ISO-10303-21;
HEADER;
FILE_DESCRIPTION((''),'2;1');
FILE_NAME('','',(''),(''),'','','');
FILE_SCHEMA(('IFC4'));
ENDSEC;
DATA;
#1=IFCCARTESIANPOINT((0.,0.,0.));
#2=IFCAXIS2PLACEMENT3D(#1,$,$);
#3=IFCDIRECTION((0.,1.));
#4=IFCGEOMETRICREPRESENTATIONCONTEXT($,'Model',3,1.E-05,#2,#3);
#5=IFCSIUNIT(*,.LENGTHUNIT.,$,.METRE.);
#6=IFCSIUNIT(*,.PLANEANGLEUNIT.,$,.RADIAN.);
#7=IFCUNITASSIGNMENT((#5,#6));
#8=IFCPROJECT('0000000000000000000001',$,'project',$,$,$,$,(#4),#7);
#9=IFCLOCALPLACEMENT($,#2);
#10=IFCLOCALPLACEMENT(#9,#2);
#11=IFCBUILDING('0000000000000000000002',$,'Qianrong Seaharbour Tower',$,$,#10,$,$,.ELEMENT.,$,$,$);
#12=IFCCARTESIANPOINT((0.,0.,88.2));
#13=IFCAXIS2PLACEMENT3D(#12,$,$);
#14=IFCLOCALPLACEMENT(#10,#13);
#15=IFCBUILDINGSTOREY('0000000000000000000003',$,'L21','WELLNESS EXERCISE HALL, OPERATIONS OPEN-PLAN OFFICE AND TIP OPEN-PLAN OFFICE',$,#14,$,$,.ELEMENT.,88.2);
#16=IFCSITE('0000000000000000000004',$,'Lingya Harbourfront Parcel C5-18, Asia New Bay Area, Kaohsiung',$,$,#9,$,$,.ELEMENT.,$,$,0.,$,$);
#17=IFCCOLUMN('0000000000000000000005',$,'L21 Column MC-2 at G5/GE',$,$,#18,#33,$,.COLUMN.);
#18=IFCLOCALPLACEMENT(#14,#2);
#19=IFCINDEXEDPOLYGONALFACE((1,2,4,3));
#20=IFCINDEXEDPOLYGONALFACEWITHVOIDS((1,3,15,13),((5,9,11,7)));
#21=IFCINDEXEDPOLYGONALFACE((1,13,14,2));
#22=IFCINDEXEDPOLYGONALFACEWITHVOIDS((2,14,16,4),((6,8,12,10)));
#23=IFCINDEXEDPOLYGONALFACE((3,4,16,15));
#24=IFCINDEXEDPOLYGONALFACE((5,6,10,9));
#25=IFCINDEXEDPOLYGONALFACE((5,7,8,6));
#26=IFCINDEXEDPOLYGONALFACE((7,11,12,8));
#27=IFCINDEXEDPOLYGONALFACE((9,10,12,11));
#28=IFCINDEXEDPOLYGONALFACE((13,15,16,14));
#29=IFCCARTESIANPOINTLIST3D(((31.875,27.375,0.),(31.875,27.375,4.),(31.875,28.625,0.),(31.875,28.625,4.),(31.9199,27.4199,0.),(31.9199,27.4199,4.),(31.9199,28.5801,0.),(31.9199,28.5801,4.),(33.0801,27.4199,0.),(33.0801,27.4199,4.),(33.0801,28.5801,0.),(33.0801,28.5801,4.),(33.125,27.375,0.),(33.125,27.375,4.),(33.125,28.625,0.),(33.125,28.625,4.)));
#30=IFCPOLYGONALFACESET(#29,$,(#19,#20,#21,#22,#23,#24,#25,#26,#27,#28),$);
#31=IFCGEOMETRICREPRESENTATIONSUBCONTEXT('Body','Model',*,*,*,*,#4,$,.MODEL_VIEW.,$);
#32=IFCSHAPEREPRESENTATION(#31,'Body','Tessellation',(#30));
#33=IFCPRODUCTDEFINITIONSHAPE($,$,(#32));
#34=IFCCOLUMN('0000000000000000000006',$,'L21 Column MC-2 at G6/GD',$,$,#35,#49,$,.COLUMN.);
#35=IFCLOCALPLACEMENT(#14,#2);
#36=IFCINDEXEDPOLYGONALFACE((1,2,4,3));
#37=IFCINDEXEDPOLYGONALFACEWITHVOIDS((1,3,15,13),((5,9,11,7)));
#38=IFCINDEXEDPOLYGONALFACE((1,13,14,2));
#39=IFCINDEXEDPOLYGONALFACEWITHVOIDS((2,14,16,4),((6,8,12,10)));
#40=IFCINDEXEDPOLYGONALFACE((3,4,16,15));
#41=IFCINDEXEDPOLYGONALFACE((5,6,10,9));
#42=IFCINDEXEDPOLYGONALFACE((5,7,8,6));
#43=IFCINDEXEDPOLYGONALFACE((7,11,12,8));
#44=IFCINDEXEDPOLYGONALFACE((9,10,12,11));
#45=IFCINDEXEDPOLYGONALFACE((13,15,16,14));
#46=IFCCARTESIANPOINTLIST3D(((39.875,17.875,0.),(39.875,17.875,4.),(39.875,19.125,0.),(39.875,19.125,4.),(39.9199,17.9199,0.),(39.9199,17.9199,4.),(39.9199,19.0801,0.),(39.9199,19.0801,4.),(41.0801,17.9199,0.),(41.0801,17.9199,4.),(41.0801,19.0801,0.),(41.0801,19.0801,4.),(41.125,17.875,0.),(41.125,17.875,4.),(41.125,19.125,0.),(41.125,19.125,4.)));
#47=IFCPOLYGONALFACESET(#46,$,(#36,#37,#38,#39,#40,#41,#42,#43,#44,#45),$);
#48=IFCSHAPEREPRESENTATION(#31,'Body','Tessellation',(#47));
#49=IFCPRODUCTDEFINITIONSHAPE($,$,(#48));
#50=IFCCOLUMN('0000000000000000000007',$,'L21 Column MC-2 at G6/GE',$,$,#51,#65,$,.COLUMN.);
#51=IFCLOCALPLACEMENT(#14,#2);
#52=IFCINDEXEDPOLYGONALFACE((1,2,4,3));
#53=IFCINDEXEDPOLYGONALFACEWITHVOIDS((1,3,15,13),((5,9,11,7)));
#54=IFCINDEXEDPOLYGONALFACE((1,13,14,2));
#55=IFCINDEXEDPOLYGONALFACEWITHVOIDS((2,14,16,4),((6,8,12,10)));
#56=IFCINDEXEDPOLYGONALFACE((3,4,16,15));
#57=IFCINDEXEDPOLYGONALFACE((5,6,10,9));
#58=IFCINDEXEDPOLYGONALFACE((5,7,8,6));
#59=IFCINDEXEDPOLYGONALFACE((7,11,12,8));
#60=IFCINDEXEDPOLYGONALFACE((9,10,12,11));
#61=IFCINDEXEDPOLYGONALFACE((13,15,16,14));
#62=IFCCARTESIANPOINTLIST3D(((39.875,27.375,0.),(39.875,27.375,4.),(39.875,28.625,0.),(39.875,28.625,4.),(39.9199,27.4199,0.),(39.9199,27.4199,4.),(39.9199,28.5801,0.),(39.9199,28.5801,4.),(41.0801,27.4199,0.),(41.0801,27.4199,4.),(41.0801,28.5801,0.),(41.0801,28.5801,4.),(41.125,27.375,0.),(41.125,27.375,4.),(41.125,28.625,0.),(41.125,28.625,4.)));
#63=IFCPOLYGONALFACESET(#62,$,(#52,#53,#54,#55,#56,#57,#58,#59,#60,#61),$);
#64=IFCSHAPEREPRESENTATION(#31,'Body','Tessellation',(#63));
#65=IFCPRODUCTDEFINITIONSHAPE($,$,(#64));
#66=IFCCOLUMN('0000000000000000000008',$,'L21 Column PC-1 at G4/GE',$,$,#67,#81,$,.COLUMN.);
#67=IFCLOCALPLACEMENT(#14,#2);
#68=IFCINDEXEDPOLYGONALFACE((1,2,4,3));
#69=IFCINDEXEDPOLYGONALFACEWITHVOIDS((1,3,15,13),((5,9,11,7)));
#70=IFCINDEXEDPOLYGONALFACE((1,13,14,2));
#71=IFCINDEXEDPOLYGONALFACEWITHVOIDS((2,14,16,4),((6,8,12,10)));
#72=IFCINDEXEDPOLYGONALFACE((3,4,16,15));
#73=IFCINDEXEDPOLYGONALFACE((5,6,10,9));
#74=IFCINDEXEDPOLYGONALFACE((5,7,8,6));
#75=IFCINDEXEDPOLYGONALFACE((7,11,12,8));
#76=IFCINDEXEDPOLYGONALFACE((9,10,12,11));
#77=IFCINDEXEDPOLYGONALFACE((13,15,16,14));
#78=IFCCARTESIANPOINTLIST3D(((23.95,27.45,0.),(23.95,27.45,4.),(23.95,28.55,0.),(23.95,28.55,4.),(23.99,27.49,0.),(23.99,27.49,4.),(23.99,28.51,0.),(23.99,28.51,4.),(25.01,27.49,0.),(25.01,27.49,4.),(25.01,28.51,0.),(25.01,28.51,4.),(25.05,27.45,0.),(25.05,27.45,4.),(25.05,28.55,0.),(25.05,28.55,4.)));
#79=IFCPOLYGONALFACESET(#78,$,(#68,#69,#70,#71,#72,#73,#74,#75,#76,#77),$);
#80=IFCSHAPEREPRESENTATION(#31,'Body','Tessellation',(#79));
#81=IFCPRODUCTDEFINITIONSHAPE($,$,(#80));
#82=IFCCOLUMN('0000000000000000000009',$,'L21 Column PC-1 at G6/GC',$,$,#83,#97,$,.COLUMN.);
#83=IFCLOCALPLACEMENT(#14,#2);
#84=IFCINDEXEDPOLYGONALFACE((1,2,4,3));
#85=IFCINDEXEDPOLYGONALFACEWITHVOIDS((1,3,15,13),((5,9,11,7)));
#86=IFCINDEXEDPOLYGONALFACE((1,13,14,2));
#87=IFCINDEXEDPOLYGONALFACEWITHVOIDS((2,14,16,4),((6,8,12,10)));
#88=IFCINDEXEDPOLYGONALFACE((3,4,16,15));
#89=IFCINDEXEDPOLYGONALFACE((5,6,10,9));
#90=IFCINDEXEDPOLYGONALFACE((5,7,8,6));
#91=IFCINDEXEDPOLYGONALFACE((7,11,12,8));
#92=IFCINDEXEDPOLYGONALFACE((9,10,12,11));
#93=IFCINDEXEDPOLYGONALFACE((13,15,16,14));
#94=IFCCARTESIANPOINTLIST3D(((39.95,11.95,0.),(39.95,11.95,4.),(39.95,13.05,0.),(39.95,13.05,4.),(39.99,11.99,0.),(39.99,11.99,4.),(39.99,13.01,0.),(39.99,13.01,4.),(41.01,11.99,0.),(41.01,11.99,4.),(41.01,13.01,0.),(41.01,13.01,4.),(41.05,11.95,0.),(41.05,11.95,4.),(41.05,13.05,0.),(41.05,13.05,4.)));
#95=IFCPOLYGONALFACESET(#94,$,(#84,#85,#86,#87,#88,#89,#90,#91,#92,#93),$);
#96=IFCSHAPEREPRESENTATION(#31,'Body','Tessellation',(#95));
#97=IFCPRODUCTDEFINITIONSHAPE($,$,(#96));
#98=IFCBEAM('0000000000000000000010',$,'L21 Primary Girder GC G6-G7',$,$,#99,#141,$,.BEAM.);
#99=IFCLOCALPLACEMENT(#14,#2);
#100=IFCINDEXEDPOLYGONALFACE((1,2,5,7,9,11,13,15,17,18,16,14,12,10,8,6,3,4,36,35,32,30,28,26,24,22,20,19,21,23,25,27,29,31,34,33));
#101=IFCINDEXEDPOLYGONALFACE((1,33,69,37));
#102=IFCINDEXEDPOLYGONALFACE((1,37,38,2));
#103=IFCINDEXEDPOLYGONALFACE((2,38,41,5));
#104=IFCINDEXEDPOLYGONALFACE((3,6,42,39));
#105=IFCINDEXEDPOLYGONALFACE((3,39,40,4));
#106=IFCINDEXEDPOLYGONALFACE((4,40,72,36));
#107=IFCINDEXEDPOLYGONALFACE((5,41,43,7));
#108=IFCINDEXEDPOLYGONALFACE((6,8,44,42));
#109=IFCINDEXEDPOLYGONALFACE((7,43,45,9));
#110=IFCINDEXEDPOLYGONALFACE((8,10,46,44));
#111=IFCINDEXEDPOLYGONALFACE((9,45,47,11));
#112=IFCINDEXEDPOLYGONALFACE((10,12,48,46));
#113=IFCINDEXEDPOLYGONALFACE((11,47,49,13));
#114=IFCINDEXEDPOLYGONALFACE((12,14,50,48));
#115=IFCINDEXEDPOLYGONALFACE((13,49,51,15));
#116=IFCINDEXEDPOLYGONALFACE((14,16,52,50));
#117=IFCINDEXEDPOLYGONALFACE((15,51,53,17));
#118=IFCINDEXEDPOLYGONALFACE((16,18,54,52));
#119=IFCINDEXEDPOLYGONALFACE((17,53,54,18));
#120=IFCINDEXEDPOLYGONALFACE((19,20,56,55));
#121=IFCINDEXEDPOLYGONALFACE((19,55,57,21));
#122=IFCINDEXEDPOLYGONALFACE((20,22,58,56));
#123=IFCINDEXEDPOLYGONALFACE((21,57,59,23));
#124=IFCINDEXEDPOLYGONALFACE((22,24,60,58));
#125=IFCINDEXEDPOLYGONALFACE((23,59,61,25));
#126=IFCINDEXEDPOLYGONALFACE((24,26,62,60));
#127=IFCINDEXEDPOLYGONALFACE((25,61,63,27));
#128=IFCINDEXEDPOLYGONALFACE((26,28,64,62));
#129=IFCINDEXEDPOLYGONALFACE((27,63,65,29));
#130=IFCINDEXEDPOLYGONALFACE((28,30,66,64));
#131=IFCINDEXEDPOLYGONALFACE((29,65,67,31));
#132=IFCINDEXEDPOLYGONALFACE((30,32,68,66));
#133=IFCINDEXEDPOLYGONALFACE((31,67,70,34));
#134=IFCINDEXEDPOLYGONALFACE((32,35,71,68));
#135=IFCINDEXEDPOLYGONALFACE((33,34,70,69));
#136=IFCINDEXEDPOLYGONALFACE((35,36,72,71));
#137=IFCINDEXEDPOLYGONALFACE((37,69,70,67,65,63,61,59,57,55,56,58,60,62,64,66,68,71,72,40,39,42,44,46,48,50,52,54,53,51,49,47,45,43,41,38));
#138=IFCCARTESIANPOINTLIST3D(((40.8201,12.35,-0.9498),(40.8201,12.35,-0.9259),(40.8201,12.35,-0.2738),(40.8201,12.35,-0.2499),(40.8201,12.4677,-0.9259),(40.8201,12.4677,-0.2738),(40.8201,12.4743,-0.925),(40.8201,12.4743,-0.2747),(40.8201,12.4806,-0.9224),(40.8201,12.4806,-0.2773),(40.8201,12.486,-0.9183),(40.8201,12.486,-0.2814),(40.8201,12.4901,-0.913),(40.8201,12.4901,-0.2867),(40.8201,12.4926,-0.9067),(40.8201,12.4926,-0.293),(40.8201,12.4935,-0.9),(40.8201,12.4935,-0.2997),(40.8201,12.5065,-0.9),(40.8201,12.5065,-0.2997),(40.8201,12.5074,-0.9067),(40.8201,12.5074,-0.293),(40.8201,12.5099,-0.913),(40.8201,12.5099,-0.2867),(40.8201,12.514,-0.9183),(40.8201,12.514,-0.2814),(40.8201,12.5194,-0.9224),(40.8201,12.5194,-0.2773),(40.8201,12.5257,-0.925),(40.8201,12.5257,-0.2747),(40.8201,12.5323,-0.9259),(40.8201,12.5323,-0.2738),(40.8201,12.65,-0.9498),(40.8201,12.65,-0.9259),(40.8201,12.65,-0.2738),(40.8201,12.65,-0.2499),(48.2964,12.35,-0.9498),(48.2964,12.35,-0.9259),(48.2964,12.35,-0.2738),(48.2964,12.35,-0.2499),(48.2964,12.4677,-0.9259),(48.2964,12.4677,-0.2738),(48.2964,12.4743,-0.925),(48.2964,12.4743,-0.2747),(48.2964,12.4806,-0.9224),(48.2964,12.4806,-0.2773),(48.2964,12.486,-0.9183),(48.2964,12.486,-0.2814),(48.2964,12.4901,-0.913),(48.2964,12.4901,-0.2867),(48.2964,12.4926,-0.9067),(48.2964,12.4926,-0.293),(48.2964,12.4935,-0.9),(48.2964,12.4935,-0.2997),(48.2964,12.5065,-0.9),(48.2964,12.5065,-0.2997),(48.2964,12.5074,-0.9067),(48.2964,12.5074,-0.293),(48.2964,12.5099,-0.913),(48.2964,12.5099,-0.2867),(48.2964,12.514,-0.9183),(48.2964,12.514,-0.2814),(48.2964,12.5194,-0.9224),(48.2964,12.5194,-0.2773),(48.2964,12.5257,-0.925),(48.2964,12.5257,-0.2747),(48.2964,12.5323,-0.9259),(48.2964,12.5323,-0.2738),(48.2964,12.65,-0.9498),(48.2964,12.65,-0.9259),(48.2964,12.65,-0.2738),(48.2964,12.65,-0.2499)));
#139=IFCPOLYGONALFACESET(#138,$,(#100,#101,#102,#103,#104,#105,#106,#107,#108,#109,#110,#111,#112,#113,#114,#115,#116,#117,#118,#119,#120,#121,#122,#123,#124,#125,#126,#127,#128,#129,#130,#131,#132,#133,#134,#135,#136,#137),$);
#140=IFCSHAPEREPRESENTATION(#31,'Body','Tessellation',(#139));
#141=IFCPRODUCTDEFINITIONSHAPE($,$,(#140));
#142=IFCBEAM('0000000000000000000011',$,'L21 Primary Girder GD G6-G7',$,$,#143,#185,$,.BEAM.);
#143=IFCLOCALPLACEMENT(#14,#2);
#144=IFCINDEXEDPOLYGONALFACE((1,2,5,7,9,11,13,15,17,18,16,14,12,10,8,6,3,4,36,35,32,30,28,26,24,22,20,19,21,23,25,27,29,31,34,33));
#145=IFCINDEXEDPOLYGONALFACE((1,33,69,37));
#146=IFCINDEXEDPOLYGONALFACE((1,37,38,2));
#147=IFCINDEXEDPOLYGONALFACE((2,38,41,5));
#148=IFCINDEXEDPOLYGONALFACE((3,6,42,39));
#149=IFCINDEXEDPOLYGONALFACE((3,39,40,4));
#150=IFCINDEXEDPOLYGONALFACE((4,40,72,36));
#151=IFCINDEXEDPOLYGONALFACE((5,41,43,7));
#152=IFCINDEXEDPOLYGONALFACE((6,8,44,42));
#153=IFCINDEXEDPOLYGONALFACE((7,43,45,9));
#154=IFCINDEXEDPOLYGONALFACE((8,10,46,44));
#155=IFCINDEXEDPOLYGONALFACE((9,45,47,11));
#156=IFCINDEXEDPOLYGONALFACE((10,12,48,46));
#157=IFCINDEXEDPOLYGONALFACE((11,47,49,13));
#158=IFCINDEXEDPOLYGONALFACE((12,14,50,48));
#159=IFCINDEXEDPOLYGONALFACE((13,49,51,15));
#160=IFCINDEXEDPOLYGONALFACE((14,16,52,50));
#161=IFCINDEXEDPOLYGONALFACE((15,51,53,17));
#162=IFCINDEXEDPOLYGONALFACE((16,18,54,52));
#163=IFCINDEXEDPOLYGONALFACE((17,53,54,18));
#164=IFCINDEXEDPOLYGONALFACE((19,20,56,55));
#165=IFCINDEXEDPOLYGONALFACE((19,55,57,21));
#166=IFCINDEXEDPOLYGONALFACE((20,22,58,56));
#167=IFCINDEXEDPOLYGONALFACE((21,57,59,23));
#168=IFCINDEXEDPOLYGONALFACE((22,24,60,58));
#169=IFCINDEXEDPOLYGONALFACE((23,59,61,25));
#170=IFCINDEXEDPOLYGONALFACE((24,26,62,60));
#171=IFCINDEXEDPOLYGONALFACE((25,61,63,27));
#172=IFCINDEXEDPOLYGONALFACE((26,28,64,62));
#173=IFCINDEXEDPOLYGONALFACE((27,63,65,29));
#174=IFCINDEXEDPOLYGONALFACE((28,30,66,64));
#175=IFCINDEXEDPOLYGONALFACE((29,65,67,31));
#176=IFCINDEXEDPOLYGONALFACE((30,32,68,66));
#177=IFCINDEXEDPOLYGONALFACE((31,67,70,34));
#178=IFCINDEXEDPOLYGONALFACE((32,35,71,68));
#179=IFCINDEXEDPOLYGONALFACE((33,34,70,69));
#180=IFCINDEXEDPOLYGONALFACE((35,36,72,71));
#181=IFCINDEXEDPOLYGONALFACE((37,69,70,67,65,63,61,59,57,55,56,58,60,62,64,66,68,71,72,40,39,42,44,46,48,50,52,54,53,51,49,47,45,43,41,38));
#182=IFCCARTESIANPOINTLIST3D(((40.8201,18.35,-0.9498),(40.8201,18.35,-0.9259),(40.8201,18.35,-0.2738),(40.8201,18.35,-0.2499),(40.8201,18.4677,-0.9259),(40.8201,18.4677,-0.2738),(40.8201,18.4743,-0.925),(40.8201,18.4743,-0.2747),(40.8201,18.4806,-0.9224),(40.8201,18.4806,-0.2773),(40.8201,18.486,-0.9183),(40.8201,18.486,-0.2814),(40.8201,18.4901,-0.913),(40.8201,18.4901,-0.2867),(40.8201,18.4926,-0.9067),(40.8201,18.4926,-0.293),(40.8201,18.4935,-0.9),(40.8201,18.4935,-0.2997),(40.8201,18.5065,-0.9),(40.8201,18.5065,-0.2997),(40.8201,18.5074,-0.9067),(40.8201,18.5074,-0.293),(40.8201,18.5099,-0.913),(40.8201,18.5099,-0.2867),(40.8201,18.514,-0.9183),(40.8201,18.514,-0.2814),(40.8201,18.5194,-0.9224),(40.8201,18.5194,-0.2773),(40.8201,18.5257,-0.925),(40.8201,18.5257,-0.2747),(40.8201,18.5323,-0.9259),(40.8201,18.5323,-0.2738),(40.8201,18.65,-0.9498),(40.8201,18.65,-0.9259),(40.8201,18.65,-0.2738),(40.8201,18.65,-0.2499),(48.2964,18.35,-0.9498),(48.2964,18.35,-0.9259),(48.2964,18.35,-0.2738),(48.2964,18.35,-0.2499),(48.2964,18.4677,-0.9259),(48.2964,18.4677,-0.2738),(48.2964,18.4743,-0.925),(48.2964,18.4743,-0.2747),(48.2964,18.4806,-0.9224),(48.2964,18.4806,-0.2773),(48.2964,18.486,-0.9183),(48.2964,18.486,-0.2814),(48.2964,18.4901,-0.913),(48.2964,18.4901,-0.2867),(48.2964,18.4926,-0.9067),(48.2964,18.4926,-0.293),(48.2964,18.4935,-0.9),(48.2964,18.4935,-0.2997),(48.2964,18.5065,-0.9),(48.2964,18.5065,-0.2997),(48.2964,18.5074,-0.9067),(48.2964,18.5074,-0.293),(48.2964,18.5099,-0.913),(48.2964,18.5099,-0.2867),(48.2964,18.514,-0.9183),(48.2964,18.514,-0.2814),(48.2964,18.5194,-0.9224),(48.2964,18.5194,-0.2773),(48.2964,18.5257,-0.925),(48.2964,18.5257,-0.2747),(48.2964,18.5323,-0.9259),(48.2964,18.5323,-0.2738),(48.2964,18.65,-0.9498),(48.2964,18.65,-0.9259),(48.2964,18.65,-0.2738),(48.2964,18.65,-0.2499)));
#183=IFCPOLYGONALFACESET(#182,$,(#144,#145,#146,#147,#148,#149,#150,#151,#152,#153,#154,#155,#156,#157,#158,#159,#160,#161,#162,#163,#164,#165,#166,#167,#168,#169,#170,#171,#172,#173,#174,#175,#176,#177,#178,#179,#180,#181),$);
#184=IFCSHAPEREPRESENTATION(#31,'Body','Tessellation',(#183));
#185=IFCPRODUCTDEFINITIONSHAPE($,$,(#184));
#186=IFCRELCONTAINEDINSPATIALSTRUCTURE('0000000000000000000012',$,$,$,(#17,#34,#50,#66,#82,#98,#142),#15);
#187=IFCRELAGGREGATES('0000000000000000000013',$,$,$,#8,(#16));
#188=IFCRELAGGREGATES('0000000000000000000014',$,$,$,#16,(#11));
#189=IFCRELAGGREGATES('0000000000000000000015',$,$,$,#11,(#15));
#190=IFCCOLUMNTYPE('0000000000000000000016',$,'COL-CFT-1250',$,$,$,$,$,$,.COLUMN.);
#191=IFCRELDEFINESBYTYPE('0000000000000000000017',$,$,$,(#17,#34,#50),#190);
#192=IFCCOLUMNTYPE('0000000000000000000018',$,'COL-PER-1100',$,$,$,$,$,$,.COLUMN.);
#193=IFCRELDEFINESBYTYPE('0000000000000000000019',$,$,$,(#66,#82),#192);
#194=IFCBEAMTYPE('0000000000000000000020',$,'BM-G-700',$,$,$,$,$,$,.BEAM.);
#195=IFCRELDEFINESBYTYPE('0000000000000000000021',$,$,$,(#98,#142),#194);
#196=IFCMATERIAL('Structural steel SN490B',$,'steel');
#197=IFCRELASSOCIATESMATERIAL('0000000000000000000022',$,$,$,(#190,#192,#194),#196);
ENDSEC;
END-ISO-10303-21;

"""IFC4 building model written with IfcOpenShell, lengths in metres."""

from ifc_helpers import new_model, si_unit, direction, frame, origin, origin_2d, place, context, subcontext, project, spatial, hollow_rectangle, i_section, extrude, material, material_profile, profile_set, type_object, element, save


model = new_model("IFC4")

# Units and contexts
model_context = context("Model", 3, precision=1e-05, world=origin(), true_north=direction((0.0, 1.0)))
body_context = subcontext(model_context, "Body", "Model", "MODEL_VIEW")
ifc_project = project(units=[si_unit("LENGTHUNIT", "METRE"), si_unit("PLANEANGLEUNIT", "RADIAN")], contexts=[model_context])

# Site, building, storey
site_placement = place(None, origin())
site = spatial("IfcSite", under=ifc_project, at=site_placement, Name="Lingya Harbourfront Parcel C5-18, Asia New Bay Area, Kaohsiung", CompositionType="ELEMENT", RefElevation=0.0)
building_placement = place(site_placement, origin())
building = spatial("IfcBuilding", under=site, at=building_placement, Name="Qianrong Seaharbour Tower", CompositionType="ELEMENT")
storey_placement = place(building_placement, frame((0.0, 0.0, 88.2)))
storey = spatial("IfcBuildingStorey", under=building, at=storey_placement, Name="L21", Description="WELLNESS EXERCISE HALL, OPERATIONS OPEN-PLAN OFFICE AND TIP OPEN-PLAN OFFICE", CompositionType="ELEMENT", Elevation=88.2)

# Columns
ifc_material_1 = material(Name="Structural steel SN490B", Category="steel")
ifc_material_profile_1 = material_profile(ifc_material_1, hollow_rectangle(XDim=1.25, YDim=1.25, WallThickness=0.0449, at=origin_2d()), Name="BOX1250x1250x45")
ifc_profile_set_1 = profile_set([ifc_material_profile_1], Name="Structural steel SN490B")
column_type_1 = type_object("IfcColumnType", Name="COL-CFT-1250", PredefinedType="COLUMN", material=ifc_profile_set_1)
for number, where, z_axis, x_axis, name in (
    (1, (32.5, 28.0, 0.0), (0.0, 0.0, 1.0), (1.0, 0.0, 0.0), "L21 Column MC-2 at G5/GE"),
    (2, (40.5, 18.5, 0.0), (0.0, 0.0, 1.0), (1.0, 0.0, 0.0), "L21 Column MC-2 at G6/GD"),
    (3, (40.5, 28.0, 0.0), (0.0, 0.0, 1.0), (1.0, 0.0, 0.0), "L21 Column MC-2 at G6/GE"),
):
    element("IfcColumn", number, at=place(storey_placement, frame(where, z_axis=z_axis, x_axis=x_axis)), inside=storey, type_object=column_type_1, Name=name, PredefinedType="COLUMN", context=body_context, shape_type="SweptSolid", body=[
        extrude(hollow_rectangle(XDim=1.25, YDim=1.25, WallThickness=0.0449, at=origin_2d()), origin(), (0.0, 0.0, 1.0), 4.0),
    ])
ifc_material_profile_2 = material_profile(ifc_material_1, hollow_rectangle(XDim=1.1001, YDim=1.1001, WallThickness=0.04, at=origin_2d()), Name="BOX1100x1100x40")
ifc_profile_set_2 = profile_set([ifc_material_profile_2], Name="Structural steel SN490B")
column_type_2 = type_object("IfcColumnType", Name="COL-PER-1100", PredefinedType="COLUMN", material=ifc_profile_set_2)
for number, where, z_axis, x_axis, name in (
    (4, (24.5, 28.0, 0.0), (0.0, 0.0, 1.0), (1.0, 0.0, 0.0), "L21 Column PC-1 at G4/GE"),
    (5, (40.5, 12.5, 0.0), (0.0, 0.0, 1.0), (1.0, 0.0, 0.0), "L21 Column PC-1 at G6/GC"),
):
    element("IfcColumn", number, at=place(storey_placement, frame(where, z_axis=z_axis, x_axis=x_axis)), inside=storey, type_object=column_type_2, Name=name, PredefinedType="COLUMN", context=body_context, shape_type="SweptSolid", body=[
        extrude(hollow_rectangle(XDim=1.1001, YDim=1.1001, WallThickness=0.04, at=origin_2d()), origin(), (0.0, 0.0, 1.0), 4.0),
    ])

# Beams
ifc_material_profile_3 = material_profile(ifc_material_1, i_section(OverallWidth=0.3, OverallDepth=0.7, WebThickness=0.0129, FlangeThickness=0.0239, FilletRadius=0.0259, at=origin_2d()), Name="H700x300x13x24")
ifc_profile_set_3 = profile_set([ifc_material_profile_3], Name="Structural steel SN490B")
beam_type_1 = type_object("IfcBeamType", Name="BM-G-700", PredefinedType="BEAM", material=ifc_profile_set_3)
for number, where, z_axis, x_axis, name in (
    (6, (40.8201, 12.5, -0.5999), (1.0, 0.0, 0.0), (0.0, 1.0, 0.0), "L21 Primary Girder GC G6-G7"),
    (7, (40.8201, 18.5, -0.5999), (1.0, 0.0, 0.0), (0.0, 1.0, 0.0), "L21 Primary Girder GD G6-G7"),
):
    element("IfcBeam", number, at=place(storey_placement, frame(where, z_axis=z_axis, x_axis=x_axis)), inside=storey, type_object=beam_type_1, Name=name, PredefinedType="BEAM", context=body_context, shape_type="SweptSolid", body=[
        extrude(i_section(OverallWidth=0.3, OverallDepth=0.7, WebThickness=0.0129, FlangeThickness=0.0239, FilletRadius=0.0259, at=origin_2d()), origin(), (0.0, 0.0, 1.0), 7.4763),
    ])

save(model, "model.ifc")
